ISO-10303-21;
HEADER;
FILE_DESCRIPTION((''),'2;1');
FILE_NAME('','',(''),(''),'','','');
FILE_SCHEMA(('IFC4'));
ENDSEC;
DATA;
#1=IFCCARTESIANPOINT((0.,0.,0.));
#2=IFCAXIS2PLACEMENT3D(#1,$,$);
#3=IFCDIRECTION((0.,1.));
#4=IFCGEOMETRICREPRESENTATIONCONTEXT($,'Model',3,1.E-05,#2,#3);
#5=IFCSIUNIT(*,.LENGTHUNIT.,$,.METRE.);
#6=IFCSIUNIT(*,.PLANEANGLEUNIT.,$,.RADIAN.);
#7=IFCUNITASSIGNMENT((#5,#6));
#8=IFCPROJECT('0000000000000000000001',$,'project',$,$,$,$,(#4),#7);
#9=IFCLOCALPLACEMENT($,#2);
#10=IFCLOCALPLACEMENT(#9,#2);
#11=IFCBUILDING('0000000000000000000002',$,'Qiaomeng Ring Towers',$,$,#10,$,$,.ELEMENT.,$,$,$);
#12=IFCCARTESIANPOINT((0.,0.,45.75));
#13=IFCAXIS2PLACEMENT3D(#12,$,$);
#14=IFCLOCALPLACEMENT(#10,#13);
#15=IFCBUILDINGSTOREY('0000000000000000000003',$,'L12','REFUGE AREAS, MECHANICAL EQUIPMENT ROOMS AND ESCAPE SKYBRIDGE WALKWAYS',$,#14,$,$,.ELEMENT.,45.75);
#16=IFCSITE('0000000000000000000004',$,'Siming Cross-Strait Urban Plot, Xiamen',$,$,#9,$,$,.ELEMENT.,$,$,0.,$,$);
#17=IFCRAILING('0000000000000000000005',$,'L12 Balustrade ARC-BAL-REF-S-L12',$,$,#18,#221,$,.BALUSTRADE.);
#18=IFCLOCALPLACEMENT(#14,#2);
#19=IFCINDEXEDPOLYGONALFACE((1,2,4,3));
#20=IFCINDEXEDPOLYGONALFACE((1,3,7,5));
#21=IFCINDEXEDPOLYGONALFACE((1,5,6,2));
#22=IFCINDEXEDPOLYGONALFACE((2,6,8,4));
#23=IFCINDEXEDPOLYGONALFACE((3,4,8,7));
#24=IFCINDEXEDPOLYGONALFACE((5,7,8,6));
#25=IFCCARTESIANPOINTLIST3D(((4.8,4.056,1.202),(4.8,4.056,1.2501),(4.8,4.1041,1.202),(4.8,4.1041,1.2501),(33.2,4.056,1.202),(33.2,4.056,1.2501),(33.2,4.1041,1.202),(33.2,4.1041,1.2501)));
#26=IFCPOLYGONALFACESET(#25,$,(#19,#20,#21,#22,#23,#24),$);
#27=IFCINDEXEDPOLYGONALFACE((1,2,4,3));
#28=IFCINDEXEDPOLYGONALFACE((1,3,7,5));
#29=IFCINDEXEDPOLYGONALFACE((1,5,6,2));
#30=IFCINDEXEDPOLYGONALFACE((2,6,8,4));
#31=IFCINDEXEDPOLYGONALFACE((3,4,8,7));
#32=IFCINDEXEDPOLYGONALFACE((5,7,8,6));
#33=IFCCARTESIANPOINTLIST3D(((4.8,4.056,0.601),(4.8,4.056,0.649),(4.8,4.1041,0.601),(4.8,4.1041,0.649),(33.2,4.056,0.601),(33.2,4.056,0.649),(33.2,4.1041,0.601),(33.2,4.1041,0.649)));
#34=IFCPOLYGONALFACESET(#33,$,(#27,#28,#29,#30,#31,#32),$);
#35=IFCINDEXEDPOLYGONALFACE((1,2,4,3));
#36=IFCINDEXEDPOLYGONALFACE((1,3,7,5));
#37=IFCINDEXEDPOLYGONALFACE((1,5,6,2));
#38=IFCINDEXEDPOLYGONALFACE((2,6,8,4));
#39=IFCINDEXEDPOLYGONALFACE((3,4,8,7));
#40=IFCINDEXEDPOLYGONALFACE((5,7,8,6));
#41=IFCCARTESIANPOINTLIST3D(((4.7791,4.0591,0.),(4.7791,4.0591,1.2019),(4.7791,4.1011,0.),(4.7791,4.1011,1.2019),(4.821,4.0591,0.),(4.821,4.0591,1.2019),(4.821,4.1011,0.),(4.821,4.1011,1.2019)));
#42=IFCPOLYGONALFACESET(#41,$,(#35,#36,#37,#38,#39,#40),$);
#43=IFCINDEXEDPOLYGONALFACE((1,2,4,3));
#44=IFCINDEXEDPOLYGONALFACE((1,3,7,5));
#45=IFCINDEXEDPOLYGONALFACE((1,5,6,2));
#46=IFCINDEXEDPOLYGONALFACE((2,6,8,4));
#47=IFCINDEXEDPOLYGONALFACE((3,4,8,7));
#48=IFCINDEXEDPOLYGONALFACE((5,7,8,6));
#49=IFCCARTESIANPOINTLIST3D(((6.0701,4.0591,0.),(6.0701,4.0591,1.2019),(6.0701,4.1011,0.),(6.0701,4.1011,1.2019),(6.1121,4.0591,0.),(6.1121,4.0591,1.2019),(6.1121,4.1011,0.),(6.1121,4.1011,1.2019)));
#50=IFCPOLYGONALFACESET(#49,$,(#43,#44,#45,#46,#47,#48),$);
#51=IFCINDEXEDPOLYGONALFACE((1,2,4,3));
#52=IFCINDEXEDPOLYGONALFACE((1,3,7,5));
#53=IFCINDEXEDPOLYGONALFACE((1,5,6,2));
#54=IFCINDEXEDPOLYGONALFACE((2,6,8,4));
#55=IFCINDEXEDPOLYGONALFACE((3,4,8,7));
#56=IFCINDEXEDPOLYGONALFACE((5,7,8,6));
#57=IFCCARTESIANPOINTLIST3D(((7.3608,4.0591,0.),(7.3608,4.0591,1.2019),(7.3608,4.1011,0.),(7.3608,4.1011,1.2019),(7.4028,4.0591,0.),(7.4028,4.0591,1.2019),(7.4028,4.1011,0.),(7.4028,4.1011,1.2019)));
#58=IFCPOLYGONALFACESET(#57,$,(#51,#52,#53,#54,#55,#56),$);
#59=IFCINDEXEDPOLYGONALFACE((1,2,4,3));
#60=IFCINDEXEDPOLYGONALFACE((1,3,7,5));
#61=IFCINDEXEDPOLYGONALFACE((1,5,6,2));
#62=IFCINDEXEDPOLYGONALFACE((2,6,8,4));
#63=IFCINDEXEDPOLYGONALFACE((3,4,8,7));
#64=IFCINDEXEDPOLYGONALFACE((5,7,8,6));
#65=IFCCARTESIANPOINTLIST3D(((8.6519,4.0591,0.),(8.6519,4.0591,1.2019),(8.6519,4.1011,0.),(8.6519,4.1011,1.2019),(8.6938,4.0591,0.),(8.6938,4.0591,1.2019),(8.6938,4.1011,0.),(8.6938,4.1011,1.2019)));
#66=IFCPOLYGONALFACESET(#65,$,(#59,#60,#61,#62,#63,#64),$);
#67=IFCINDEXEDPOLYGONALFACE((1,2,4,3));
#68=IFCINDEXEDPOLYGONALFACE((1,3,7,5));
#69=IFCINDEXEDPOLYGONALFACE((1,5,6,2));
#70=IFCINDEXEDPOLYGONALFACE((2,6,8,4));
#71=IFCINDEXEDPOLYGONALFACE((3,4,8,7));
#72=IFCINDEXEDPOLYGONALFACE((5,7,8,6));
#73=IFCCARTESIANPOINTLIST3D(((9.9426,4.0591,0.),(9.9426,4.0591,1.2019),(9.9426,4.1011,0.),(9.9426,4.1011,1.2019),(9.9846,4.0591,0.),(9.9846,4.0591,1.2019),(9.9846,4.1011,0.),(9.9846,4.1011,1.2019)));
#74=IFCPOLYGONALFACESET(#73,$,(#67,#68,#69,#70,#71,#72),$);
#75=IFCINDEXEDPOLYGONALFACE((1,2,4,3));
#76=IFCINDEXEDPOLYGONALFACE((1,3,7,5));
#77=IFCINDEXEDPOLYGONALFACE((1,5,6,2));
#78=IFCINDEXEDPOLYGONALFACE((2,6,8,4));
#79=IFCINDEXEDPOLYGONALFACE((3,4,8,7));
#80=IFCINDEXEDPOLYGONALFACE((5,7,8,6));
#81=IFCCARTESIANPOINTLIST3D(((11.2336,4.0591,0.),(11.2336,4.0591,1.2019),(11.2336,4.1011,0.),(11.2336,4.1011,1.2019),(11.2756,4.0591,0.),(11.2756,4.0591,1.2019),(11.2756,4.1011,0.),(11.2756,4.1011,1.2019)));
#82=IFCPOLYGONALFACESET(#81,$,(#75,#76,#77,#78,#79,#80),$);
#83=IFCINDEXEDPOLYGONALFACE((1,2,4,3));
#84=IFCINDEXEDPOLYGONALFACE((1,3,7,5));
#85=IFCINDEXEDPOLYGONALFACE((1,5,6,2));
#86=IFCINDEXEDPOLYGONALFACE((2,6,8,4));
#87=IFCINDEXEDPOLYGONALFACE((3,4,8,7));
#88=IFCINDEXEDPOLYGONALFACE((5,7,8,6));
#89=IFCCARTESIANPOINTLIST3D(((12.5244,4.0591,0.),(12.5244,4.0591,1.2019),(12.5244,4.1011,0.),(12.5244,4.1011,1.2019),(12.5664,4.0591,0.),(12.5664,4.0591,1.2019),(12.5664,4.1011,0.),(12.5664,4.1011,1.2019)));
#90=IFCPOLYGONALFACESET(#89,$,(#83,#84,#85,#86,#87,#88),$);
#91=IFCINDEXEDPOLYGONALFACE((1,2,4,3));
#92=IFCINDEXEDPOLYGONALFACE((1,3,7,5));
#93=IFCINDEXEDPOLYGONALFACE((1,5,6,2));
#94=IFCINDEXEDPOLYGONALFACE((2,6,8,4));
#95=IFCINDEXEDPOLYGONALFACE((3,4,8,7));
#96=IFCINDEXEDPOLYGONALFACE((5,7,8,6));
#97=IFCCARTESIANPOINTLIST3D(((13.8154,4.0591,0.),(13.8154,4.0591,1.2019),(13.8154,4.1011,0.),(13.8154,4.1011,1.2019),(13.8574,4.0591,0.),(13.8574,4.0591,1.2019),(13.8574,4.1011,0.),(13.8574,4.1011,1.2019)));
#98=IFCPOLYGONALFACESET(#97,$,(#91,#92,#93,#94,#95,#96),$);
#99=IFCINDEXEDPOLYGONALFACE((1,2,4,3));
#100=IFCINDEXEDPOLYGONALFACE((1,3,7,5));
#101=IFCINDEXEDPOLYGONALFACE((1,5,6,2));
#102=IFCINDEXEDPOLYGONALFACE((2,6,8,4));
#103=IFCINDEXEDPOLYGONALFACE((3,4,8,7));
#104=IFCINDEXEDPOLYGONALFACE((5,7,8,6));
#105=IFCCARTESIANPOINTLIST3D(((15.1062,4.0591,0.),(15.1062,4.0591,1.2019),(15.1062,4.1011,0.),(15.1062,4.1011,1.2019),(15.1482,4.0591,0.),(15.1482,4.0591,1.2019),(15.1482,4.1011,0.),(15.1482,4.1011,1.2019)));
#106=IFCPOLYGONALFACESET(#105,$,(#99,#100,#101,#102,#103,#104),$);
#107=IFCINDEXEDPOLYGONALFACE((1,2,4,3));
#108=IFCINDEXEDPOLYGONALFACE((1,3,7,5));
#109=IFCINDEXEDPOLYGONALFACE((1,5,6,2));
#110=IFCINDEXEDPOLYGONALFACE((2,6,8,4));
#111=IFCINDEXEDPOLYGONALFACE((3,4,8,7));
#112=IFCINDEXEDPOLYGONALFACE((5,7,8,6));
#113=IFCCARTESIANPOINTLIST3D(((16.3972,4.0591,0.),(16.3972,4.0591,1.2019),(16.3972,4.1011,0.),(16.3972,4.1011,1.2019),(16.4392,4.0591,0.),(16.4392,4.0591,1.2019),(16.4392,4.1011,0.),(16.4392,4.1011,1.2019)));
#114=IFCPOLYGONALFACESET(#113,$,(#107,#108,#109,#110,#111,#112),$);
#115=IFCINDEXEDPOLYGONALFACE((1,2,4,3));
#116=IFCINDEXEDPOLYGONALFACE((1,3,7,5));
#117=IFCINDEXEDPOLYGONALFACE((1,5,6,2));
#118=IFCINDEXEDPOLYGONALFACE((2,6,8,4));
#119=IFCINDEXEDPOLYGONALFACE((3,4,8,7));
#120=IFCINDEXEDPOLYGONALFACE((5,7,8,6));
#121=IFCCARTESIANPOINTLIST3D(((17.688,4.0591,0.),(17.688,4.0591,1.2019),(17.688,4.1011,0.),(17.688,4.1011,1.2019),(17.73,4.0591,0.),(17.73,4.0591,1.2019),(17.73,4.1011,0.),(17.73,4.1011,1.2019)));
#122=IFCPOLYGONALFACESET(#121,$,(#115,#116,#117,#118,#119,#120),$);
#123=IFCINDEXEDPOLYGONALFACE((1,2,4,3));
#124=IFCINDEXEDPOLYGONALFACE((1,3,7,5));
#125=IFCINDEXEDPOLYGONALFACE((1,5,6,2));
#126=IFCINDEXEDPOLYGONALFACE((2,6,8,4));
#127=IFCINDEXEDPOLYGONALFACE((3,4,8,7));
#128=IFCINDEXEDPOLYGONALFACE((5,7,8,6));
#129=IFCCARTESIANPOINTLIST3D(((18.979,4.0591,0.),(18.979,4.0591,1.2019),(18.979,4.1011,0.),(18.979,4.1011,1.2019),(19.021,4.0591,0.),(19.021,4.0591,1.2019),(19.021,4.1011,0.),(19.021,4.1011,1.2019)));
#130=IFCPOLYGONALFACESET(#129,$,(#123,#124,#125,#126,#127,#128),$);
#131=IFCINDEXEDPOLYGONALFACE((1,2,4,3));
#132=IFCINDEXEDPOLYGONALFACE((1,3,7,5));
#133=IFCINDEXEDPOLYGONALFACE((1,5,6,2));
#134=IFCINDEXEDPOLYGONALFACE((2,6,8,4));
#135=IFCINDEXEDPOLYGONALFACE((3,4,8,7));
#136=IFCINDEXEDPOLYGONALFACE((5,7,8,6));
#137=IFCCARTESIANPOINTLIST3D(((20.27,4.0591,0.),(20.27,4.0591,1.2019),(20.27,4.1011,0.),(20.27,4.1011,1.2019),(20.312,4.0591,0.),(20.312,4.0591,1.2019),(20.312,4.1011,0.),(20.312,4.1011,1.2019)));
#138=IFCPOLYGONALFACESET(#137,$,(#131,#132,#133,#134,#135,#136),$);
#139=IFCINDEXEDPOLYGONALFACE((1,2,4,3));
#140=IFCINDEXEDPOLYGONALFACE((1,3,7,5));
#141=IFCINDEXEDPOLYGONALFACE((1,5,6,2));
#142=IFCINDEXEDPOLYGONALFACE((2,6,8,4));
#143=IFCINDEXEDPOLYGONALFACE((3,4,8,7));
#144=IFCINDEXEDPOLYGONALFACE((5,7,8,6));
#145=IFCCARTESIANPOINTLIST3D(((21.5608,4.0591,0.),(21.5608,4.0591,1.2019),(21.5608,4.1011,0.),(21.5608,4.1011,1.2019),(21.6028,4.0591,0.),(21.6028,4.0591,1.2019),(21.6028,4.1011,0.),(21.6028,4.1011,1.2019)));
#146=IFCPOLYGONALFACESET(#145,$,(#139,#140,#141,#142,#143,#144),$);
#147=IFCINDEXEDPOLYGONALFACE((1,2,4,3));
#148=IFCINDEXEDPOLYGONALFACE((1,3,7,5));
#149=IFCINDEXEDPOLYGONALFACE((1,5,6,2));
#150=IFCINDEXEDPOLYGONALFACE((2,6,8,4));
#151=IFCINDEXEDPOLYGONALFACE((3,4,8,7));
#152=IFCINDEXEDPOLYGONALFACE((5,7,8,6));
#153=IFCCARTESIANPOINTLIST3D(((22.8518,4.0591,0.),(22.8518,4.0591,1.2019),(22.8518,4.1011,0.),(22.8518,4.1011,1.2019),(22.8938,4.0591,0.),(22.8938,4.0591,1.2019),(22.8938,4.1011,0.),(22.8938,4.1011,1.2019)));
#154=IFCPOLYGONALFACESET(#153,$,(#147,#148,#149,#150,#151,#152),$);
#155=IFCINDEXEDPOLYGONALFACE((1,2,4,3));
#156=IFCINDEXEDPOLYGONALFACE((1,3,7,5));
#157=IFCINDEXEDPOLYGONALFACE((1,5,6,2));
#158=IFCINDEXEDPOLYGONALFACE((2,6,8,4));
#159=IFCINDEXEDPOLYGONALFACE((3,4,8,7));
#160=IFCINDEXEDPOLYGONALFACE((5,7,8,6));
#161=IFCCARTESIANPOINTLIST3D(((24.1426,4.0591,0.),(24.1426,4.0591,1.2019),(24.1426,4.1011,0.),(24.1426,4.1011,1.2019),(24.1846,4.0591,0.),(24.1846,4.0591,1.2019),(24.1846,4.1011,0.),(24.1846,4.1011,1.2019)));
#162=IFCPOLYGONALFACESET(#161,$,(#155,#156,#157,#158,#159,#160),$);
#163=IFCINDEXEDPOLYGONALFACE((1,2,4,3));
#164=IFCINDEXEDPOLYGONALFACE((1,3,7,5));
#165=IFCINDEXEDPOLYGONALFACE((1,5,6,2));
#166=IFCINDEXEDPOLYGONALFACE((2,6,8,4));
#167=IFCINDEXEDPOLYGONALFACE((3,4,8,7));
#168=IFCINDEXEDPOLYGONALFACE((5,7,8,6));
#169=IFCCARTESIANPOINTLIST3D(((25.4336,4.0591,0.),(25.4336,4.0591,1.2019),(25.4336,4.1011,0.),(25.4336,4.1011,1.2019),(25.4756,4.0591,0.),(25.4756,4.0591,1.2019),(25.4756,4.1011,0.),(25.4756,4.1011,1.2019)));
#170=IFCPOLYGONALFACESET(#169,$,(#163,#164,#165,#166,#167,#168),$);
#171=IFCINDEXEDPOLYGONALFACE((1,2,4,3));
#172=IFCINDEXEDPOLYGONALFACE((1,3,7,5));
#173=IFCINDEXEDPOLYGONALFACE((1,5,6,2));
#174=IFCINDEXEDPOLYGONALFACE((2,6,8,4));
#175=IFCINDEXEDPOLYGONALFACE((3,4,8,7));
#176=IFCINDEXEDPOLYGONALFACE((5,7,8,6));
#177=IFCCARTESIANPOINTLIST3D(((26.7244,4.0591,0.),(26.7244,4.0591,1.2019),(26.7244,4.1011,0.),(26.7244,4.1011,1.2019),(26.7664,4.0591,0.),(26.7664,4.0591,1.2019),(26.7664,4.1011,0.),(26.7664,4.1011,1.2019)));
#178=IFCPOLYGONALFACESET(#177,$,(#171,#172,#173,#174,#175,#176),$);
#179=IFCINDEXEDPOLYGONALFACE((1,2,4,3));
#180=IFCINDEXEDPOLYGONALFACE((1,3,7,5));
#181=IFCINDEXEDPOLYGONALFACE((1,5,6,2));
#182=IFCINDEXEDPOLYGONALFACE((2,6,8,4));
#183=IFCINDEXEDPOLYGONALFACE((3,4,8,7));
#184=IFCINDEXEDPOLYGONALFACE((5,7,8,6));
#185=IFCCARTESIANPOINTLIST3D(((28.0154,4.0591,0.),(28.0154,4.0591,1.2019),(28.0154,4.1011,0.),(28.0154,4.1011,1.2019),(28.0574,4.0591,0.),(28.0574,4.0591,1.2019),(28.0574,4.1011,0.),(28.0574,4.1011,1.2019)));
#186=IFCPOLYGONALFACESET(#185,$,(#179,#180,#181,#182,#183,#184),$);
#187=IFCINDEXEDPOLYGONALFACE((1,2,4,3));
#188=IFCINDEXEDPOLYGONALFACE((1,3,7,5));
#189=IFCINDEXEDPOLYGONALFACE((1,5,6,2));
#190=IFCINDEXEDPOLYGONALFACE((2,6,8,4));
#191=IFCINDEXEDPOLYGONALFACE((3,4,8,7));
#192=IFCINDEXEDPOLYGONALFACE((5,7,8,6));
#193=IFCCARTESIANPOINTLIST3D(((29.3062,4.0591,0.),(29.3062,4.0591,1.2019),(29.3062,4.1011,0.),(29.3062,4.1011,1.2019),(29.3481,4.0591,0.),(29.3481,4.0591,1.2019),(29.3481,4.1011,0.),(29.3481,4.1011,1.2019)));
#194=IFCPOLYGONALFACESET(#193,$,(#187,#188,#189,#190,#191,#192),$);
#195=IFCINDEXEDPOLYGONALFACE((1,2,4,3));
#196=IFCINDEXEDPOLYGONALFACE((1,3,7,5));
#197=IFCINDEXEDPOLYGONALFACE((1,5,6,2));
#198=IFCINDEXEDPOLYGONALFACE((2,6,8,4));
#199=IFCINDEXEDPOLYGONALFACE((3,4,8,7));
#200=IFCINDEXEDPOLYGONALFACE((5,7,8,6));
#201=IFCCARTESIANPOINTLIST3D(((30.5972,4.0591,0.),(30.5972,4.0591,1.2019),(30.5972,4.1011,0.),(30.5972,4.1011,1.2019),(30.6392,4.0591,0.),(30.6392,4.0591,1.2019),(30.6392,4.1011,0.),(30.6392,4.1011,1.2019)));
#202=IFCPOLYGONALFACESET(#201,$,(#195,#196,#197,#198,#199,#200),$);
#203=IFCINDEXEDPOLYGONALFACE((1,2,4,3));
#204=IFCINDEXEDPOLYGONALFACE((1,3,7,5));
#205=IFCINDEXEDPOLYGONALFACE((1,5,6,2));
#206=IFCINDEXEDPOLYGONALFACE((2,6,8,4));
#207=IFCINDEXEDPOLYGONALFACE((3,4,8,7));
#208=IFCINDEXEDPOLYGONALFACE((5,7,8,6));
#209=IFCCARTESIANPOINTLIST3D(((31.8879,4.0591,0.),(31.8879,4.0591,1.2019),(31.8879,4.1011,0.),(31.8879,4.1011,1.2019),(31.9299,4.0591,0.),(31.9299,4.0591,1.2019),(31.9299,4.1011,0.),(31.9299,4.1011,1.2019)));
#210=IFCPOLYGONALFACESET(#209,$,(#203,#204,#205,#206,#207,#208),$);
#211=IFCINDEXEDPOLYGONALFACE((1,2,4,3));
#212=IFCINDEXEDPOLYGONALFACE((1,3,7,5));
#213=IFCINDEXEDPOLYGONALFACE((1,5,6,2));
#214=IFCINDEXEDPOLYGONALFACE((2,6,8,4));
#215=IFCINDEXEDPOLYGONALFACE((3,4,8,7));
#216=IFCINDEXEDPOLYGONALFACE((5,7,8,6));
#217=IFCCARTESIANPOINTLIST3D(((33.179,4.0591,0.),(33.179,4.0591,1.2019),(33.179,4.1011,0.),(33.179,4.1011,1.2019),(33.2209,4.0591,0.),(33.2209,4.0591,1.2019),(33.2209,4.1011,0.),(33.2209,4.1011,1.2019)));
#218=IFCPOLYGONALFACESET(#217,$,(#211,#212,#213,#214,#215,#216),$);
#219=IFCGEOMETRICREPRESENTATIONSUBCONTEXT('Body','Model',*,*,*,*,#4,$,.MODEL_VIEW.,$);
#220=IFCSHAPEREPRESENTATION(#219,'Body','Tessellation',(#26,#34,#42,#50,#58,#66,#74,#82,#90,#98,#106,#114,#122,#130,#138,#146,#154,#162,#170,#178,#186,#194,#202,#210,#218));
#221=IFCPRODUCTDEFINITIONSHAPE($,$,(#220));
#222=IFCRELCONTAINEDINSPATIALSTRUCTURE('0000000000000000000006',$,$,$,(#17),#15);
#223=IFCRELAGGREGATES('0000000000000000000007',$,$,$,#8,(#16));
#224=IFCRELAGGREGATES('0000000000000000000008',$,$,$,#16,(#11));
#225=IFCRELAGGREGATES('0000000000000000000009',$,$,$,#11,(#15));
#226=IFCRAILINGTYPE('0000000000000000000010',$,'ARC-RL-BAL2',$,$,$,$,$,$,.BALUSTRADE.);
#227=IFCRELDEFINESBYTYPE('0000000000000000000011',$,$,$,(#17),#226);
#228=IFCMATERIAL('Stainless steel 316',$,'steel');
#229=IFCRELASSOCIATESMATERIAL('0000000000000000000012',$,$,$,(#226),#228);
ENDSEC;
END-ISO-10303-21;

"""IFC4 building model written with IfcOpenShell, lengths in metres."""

from ifc_helpers import new_model, si_unit, direction, frame, origin, origin_2d, place, context, subcontext, project, spatial, rectangle, extrude, material, type_object, element, save


model = new_model("IFC4")

# Units and contexts
model_context = context("Model", 3, precision=1e-05, world=origin(), true_north=direction((0.0, 1.0)))
body_context = subcontext(model_context, "Body", "Model", "MODEL_VIEW")
ifc_project = project(units=[si_unit("LENGTHUNIT", "METRE"), si_unit("PLANEANGLEUNIT", "RADIAN")], contexts=[model_context])

# Site, building, storey
site_placement = place(None, origin())
site = spatial("IfcSite", under=ifc_project, at=site_placement, Name="Siming Cross-Strait Urban Plot, Xiamen", CompositionType="ELEMENT", RefElevation=0.0)
building_placement = place(site_placement, origin())
building = spatial("IfcBuilding", under=site, at=building_placement, Name="Qiaomeng Ring Towers", CompositionType="ELEMENT")
storey_placement = place(building_placement, frame((0.0, 0.0, 45.75)))
storey = spatial("IfcBuildingStorey", under=building, at=storey_placement, Name="L12", Description="REFUGE AREAS, MECHANICAL EQUIPMENT ROOMS AND ESCAPE SKYBRIDGE WALKWAYS", CompositionType="ELEMENT", Elevation=45.75)

# Railing
ifc_material_1 = material(Name="Stainless steel 316", Category="steel")
railing_type = type_object("IfcRailingType", Name="ARC-RL-BAL2", PredefinedType="BALUSTRADE", material=ifc_material_1)
railing_1_placement = place(storey_placement, frame((4.8, 4.0801, 0.0)))
element("IfcRailing", 1, at=railing_1_placement, inside=storey, type_object=railing_type, Name="L12 Balustrade ARC-BAL-REF-S-L12", PredefinedType="BALUSTRADE", context=body_context, shape_type="SweptSolid", body=[
    extrude(rectangle(XDim=0.0481, YDim=0.0481, at=origin_2d()), frame((0.0, 0.0, 1.2261), z_axis=(1.0, 0.0, 0.0), x_axis=(0.0, 1.0, 0.0)), (0.0, 0.0, 1.0), 28.3999),
    extrude(rectangle(XDim=0.0481, YDim=0.0481, at=origin_2d()), frame((0.0, 0.0, 0.625), z_axis=(1.0, 0.0, 0.0), x_axis=(0.0, 1.0, 0.0)), (0.0, 0.0, 1.0), 28.3999),
    extrude(rectangle(XDim=0.042, YDim=0.042, at=origin_2d()), origin(), (0.0, 0.0, 1.0), 1.2019),
    extrude(rectangle(XDim=0.042, YDim=0.042, at=origin_2d()), frame((1.291, 0.0, 0.0)), (0.0, 0.0, 1.0), 1.2019),
    extrude(rectangle(XDim=0.042, YDim=0.042, at=origin_2d()), frame((2.5818, 0.0, 0.0)), (0.0, 0.0, 1.0), 1.2019),
    extrude(rectangle(XDim=0.042, YDim=0.042, at=origin_2d()), frame((3.8728, 0.0, 0.0)), (0.0, 0.0, 1.0), 1.2019),
    extrude(rectangle(XDim=0.042, YDim=0.042, at=origin_2d()), frame((5.1636, 0.0, 0.0)), (0.0, 0.0, 1.0), 1.2019),
    extrude(rectangle(XDim=0.042, YDim=0.042, at=origin_2d()), frame((6.4546, 0.0, 0.0)), (0.0, 0.0, 1.0), 1.2019),
    extrude(rectangle(XDim=0.042, YDim=0.042, at=origin_2d()), frame((7.7454, 0.0, 0.0)), (0.0, 0.0, 1.0), 1.2019),
    extrude(rectangle(XDim=0.042, YDim=0.042, at=origin_2d()), frame((9.0364, 0.0, 0.0)), (0.0, 0.0, 1.0), 1.2019),
    extrude(rectangle(XDim=0.042, YDim=0.042, at=origin_2d()), frame((10.3271, 0.0, 0.0)), (0.0, 0.0, 1.0), 1.2019),
    extrude(rectangle(XDim=0.042, YDim=0.042, at=origin_2d()), frame((11.6182, 0.0, 0.0)), (0.0, 0.0, 1.0), 1.2019),
    extrude(rectangle(XDim=0.042, YDim=0.042, at=origin_2d()), frame((12.9089, 0.0, 0.0)), (0.0, 0.0, 1.0), 1.2019),
    extrude(rectangle(XDim=0.042, YDim=0.042, at=origin_2d()), frame((14.2, 0.0, 0.0)), (0.0, 0.0, 1.0), 1.2019),
    extrude(rectangle(XDim=0.042, YDim=0.042, at=origin_2d()), frame((15.491, 0.0, 0.0)), (0.0, 0.0, 1.0), 1.2019),
    extrude(rectangle(XDim=0.042, YDim=0.042, at=origin_2d()), frame((16.7817, 0.0, 0.0)), (0.0, 0.0, 1.0), 1.2019),
    extrude(rectangle(XDim=0.042, YDim=0.042, at=origin_2d()), frame((18.0728, 0.0, 0.0)), (0.0, 0.0, 1.0), 1.2019),
    extrude(rectangle(XDim=0.042, YDim=0.042, at=origin_2d()), frame((19.3635, 0.0, 0.0)), (0.0, 0.0, 1.0), 1.2019),
    extrude(rectangle(XDim=0.042, YDim=0.042, at=origin_2d()), frame((20.6545, 0.0, 0.0)), (0.0, 0.0, 1.0), 1.2019),
    extrude(rectangle(XDim=0.042, YDim=0.042, at=origin_2d()), frame((21.9453, 0.0, 0.0)), (0.0, 0.0, 1.0), 1.2019),
    extrude(rectangle(XDim=0.042, YDim=0.042, at=origin_2d()), frame((23.2363, 0.0, 0.0)), (0.0, 0.0, 1.0), 1.2019),
    extrude(rectangle(XDim=0.042, YDim=0.042, at=origin_2d()), frame((24.5271, 0.0, 0.0)), (0.0, 0.0, 1.0), 1.2019),
    extrude(rectangle(XDim=0.042, YDim=0.042, at=origin_2d()), frame((25.8181, 0.0, 0.0)), (0.0, 0.0, 1.0), 1.2019),
    extrude(rectangle(XDim=0.042, YDim=0.042, at=origin_2d()), frame((27.1089, 0.0, 0.0)), (0.0, 0.0, 1.0), 1.2019),
    extrude(rectangle(XDim=0.042, YDim=0.042, at=origin_2d()), frame((28.3999, 0.0, 0.0)), (0.0, 0.0, 1.0), 1.2019),
])

save(model, "model.ifc")
